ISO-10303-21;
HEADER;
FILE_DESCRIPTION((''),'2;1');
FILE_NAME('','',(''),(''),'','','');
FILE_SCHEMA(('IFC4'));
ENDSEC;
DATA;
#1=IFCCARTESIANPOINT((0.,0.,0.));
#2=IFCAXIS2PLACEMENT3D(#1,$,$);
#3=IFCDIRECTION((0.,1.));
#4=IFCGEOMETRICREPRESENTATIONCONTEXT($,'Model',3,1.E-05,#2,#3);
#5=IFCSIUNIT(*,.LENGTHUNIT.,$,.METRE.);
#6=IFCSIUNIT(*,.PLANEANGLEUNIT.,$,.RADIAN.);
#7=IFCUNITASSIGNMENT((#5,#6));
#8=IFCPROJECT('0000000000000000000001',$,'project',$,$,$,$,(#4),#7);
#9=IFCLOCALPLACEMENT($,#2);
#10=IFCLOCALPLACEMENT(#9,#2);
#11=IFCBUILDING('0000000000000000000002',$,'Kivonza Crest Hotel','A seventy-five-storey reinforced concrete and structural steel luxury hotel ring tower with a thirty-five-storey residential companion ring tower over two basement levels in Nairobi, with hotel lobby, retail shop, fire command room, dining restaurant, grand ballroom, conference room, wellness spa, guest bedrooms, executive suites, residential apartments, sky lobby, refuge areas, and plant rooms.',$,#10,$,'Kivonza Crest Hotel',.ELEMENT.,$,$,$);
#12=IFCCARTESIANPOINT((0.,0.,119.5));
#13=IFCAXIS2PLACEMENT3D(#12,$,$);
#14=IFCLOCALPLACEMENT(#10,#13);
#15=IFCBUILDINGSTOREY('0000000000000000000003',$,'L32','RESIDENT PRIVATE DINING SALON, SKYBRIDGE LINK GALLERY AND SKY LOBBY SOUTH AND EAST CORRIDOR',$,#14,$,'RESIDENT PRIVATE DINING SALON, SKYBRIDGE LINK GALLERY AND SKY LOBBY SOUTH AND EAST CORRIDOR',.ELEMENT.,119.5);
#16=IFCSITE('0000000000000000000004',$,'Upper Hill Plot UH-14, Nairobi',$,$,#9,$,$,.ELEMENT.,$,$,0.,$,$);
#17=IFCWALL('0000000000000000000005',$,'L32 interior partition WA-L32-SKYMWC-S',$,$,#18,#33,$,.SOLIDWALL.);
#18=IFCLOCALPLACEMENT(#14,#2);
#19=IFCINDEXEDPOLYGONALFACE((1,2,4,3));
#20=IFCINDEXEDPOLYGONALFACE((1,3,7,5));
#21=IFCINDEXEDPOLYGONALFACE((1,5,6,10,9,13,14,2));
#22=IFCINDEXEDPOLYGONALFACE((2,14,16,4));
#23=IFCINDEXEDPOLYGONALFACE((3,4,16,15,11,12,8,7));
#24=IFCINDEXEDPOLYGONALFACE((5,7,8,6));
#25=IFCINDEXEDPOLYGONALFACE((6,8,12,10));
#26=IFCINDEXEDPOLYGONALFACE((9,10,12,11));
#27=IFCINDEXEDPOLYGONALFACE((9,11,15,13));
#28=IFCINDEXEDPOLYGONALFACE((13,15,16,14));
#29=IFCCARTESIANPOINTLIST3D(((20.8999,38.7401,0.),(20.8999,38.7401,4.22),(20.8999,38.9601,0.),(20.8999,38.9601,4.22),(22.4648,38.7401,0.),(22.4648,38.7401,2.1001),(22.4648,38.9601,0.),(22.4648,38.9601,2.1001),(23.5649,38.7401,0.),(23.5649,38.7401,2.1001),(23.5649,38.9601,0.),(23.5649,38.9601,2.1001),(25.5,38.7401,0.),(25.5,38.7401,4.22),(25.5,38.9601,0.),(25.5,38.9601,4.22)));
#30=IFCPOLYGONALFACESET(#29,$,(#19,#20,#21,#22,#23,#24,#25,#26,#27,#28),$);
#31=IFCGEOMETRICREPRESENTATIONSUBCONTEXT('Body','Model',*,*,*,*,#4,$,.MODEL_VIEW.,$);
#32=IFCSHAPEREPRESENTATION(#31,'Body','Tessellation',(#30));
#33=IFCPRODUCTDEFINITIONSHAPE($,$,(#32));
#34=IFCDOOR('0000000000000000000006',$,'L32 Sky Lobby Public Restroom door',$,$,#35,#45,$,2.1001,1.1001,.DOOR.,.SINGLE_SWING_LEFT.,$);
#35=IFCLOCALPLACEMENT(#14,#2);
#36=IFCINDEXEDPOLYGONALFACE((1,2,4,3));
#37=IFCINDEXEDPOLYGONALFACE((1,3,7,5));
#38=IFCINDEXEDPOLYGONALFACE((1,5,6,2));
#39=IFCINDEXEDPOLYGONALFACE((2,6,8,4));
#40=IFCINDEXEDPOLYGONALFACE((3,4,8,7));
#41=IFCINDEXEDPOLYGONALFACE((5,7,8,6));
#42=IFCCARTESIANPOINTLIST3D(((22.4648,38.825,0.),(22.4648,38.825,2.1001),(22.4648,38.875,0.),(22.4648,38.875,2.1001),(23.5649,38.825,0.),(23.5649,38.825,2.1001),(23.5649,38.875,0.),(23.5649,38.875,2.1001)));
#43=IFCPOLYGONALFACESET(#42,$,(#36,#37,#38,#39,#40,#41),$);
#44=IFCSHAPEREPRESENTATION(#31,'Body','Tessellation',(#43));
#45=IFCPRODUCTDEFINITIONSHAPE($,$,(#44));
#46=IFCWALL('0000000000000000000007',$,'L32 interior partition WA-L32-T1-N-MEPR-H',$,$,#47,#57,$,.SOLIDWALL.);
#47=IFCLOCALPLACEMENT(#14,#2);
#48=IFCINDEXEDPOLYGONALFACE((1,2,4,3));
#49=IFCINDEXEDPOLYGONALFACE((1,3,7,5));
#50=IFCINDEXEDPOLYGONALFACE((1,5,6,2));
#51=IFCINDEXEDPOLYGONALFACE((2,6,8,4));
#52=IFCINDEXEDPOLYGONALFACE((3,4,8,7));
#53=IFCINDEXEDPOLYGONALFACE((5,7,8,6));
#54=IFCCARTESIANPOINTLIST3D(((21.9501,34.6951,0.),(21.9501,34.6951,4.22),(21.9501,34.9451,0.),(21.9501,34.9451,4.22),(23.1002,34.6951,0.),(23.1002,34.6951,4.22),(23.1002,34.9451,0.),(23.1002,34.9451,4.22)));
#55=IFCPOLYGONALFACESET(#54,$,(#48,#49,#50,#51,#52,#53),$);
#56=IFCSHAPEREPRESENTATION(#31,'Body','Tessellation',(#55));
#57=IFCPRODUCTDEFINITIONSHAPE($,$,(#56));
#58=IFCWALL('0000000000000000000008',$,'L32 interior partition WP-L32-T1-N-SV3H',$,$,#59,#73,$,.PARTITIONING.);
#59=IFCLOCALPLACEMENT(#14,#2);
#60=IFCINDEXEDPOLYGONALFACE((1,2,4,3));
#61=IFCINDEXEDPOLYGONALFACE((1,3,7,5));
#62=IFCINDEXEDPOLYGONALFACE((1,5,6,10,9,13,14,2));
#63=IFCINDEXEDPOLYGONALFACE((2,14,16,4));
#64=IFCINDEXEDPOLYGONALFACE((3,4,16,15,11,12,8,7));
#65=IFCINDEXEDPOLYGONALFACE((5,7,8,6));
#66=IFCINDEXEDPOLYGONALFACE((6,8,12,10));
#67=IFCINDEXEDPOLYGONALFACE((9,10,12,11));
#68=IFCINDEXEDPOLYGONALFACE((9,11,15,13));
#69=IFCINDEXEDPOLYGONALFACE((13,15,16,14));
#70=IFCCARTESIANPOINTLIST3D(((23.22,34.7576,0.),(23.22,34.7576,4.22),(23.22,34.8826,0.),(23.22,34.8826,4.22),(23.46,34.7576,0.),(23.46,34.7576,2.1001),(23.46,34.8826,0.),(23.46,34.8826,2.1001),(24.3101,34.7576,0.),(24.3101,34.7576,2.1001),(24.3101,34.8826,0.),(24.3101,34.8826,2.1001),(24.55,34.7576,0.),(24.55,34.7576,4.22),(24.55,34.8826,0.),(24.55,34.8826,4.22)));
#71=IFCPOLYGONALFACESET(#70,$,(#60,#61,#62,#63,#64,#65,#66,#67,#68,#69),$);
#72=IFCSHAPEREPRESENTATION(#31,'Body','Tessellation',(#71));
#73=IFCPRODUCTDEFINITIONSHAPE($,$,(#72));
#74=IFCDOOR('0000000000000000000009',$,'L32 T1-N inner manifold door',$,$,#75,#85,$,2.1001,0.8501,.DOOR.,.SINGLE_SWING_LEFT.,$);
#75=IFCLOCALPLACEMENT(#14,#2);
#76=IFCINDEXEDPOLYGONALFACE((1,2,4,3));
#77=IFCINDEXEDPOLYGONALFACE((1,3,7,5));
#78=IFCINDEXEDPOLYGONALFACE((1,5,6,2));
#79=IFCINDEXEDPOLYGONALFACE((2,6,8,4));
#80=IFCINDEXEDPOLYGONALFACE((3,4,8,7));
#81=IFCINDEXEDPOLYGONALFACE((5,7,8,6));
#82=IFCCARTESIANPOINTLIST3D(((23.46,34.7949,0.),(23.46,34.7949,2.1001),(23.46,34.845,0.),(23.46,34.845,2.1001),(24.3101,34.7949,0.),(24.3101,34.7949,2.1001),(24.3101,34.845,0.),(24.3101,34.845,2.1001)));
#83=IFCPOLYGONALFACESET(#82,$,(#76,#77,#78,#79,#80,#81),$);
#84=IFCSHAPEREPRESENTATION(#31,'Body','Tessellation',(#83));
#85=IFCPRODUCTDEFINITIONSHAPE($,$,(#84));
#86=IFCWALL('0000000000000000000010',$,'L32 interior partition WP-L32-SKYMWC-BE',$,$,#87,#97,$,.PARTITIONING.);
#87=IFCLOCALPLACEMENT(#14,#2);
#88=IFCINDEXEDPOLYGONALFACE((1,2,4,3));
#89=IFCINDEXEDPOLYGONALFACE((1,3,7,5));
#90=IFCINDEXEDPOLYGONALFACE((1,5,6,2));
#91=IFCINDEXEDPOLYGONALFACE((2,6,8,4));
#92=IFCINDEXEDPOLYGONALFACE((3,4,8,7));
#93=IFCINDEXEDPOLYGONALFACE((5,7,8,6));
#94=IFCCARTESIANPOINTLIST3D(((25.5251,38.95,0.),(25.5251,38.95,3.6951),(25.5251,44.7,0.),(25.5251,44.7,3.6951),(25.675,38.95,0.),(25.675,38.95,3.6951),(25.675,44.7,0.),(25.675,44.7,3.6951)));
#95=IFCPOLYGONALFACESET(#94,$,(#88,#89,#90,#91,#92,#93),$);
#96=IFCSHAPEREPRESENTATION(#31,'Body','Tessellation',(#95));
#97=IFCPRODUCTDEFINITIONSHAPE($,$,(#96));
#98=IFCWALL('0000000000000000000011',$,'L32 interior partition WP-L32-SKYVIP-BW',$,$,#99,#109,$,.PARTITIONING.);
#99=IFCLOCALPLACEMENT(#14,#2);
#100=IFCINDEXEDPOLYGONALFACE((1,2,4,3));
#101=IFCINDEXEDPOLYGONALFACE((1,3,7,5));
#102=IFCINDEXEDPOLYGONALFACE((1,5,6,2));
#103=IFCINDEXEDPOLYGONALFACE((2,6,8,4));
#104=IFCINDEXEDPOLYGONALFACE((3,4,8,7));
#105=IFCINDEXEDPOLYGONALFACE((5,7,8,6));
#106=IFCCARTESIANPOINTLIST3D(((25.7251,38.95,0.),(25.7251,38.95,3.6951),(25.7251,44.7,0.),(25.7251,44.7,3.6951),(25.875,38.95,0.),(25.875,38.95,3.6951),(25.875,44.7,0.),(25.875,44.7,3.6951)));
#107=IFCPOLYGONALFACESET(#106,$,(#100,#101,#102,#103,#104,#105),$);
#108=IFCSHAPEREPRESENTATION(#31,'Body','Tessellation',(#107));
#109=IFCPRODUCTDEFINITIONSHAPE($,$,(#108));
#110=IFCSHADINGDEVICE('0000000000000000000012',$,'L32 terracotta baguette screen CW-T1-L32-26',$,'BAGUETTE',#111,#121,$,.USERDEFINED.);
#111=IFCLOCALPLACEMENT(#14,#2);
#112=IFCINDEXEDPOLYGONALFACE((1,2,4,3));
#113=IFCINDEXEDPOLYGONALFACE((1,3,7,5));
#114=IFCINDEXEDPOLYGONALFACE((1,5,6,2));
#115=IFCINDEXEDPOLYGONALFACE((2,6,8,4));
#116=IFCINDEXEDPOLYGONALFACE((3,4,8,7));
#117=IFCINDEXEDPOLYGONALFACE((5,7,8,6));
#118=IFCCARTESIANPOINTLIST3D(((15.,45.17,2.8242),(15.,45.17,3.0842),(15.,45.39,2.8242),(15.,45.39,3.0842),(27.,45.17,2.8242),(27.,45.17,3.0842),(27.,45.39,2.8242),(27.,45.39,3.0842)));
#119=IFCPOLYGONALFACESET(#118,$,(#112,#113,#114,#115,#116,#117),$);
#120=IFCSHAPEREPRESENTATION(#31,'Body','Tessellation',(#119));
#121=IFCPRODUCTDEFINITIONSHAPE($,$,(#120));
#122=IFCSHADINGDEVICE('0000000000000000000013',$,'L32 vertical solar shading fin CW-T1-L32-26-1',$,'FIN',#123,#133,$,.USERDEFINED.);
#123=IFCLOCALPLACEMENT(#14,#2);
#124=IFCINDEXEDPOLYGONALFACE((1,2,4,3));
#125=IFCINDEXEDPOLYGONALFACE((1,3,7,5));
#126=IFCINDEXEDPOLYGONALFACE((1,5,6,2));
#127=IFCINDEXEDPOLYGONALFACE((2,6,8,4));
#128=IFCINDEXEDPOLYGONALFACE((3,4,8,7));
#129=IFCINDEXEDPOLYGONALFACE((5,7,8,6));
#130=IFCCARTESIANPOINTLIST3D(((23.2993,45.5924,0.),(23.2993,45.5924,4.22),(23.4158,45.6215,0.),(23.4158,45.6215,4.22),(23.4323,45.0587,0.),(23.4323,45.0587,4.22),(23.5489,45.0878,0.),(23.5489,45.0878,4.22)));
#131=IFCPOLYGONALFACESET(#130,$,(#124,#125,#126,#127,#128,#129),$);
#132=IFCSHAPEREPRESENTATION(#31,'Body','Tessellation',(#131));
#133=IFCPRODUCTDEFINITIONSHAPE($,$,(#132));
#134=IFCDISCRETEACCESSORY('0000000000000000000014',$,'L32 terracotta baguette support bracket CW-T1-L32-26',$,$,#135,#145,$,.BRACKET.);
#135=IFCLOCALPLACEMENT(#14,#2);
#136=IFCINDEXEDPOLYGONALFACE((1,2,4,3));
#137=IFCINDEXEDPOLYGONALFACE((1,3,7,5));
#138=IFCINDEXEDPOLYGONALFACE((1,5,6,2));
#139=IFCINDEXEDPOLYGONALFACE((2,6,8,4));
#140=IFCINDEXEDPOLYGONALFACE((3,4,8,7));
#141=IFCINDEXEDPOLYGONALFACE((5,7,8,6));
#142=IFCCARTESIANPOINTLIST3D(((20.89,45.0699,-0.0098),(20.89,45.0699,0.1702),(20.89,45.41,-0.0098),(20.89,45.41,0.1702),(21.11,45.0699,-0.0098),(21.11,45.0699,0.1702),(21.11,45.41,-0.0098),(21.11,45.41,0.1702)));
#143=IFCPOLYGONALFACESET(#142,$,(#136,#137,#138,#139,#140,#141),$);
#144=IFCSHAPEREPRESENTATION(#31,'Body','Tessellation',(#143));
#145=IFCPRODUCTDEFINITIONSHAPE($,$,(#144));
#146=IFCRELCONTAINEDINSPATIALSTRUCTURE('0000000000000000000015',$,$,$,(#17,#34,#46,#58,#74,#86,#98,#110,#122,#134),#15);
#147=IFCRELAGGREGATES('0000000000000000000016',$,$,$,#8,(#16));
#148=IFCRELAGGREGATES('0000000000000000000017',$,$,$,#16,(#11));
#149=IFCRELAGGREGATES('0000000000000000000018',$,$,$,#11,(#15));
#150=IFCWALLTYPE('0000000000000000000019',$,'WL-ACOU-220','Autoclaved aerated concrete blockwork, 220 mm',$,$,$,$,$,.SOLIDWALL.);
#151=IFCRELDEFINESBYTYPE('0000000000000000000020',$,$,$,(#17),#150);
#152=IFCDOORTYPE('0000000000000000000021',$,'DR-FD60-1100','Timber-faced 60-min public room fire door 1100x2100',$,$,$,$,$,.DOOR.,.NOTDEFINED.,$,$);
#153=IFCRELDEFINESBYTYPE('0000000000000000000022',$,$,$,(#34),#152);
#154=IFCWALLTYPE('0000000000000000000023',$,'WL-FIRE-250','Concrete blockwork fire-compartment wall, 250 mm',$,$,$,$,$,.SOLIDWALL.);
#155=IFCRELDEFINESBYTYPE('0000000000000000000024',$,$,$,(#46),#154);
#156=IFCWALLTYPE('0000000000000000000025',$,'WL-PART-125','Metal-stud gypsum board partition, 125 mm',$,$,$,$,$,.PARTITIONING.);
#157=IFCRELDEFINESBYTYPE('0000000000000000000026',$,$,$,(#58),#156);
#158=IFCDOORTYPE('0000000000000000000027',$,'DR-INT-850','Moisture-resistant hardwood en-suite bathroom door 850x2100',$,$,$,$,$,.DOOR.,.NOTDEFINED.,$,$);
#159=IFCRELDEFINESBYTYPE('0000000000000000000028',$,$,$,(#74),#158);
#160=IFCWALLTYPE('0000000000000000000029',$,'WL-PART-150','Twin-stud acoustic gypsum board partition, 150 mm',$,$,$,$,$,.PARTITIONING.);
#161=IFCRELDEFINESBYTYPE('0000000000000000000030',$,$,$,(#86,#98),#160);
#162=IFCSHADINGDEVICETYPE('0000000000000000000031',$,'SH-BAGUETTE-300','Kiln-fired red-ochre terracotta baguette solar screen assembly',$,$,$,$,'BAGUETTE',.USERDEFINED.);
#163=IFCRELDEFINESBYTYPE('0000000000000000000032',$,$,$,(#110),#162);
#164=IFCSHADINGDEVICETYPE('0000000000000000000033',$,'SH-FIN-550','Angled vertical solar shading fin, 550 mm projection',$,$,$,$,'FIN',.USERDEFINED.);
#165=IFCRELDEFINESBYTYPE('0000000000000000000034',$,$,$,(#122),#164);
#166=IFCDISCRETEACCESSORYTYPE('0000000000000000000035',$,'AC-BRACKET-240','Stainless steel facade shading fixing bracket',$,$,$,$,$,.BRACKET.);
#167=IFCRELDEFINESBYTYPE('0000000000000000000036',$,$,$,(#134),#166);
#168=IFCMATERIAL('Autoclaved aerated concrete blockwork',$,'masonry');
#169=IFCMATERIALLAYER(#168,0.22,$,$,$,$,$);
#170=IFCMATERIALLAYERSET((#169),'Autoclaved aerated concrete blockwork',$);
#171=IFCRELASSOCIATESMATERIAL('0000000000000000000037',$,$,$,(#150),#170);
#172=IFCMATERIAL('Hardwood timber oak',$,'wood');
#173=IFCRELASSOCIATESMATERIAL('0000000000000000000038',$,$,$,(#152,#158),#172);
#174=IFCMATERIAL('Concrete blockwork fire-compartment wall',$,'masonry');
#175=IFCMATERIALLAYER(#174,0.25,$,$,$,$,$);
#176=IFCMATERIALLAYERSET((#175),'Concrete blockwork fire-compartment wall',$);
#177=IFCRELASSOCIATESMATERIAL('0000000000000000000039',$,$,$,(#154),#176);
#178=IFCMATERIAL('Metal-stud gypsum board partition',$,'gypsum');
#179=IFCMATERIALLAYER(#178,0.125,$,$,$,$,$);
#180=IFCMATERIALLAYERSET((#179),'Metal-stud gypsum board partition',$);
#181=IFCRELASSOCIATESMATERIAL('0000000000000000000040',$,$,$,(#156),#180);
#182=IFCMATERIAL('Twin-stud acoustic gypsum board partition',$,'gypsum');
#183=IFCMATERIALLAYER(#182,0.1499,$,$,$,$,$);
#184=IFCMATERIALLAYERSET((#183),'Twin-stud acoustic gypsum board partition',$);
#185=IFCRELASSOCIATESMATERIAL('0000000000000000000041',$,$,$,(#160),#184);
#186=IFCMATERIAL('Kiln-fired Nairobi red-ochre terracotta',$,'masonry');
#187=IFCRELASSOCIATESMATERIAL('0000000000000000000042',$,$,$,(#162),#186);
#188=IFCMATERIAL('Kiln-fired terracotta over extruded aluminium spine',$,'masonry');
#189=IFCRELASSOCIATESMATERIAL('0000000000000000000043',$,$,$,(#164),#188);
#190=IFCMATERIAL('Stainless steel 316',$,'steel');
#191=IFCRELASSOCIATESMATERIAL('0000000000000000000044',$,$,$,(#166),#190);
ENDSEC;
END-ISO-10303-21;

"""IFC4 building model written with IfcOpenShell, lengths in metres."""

from ifc_helpers import new_model, si_unit, direction, frame, frame_2d, origin, origin_2d, place, context, subcontext, project, spatial, rectangle, extrude, material, layer, layer_set, type_object, element, fill, save


model = new_model("IFC4")

# Units and contexts
model_context = context("Model", 3, precision=1e-05, world=origin(), true_north=direction((0.0, 1.0)))
body_context = subcontext(model_context, "Body", "Model", "MODEL_VIEW")
ifc_project = project(units=[si_unit("LENGTHUNIT", "METRE"), si_unit("PLANEANGLEUNIT", "RADIAN")], contexts=[model_context])

# Site, building, storey
site_placement = place(None, origin())
site = spatial("IfcSite", under=ifc_project, at=site_placement, Name="Upper Hill Plot UH-14, Nairobi", CompositionType="ELEMENT", RefElevation=0.0)
building_placement = place(site_placement, origin())
building = spatial("IfcBuilding", under=site, at=building_placement, Name="Kivonza Crest Hotel", Description="A seventy-five-storey reinforced concrete and structural steel luxury hotel ring tower with a thirty-five-storey residential companion ring tower over two basement levels in Nairobi, with hotel lobby, retail shop, fire command room, dining restaurant, grand ballroom, conference room, wellness spa, guest bedrooms, executive suites, residential apartments, sky lobby, refuge areas, and plant rooms.", LongName="Kivonza Crest Hotel", CompositionType="ELEMENT")
storey_placement = place(building_placement, frame((0.0, 0.0, 119.5)))
storey = spatial("IfcBuildingStorey", under=building, at=storey_placement, Name="L32", Description="RESIDENT PRIVATE DINING SALON, SKYBRIDGE LINK GALLERY AND SKY LOBBY SOUTH AND EAST CORRIDOR", LongName="RESIDENT PRIVATE DINING SALON, SKYBRIDGE LINK GALLERY AND SKY LOBBY SOUTH AND EAST CORRIDOR", CompositionType="ELEMENT", Elevation=119.5)

# Wall, opening, door
ifc_material_1 = material(Name="Autoclaved aerated concrete blockwork", Category="masonry")
ifc_layer_1 = layer(ifc_material_1, 0.22)
ifc_layer_set_1 = layer_set([ifc_layer_1], Name="Autoclaved aerated concrete blockwork")
wall_type_1 = type_object("IfcWallType", Name="WL-ACOU-220", Description="Autoclaved aerated concrete blockwork, 220 mm", PredefinedType="SOLIDWALL", material=ifc_layer_set_1)
wall_1_placement = place(storey_placement, frame((20.8999, 38.8501, 0.0), z_axis=(0.0, 0.0, 1.0), x_axis=(1.0, 0.0, 0.0)))
wall_1 = element("IfcWall", 1, at=wall_1_placement, inside=storey, type_object=wall_type_1, Name="L32 interior partition WA-L32-SKYMWC-S", PredefinedType="SOLIDWALL", context=body_context, shape_type="SweptSolid", body=[
    extrude(rectangle(XDim=4.6001, YDim=0.22, at=frame_2d((2.3, 0.0))), origin(), (0.0, 0.0, 1.0), 4.22),
])
opening_1_placement = place(wall_1_placement, frame((1.5649, 0.0, 0.0)))
opening_1 = element("IfcOpeningElement", 2, at=opening_1_placement, cuts=wall_1, PredefinedType="OPENING", context=body_context, shape_type="SweptSolid", body=[
    extrude(rectangle(XDim=1.1001, YDim=2.1001, at=frame_2d((0.55, 1.05))), frame((0.0, 0.1201, 0.0), z_axis=(0.0, -1.0, 0.0), x_axis=(1.0, 0.0, 0.0)), (0.0, 0.0, 1.0), 0.24),
])
ifc_material_2 = material(Name="Hardwood timber oak", Category="wood")
door_type_1 = type_object("IfcDoorType", Name="DR-FD60-1100", Description="Timber-faced 60-min public room fire door 1100x2100", OperationType="NOTDEFINED", PredefinedType="DOOR", material=ifc_material_2)
door_1_placement = place(opening_1_placement, origin())
door_1 = element("IfcDoor", 3, at=door_1_placement, inside=storey, type_object=door_type_1, Name="L32 Sky Lobby Public Restroom door", OperationType="SINGLE_SWING_LEFT", OverallHeight=2.1001, OverallWidth=1.1001, PredefinedType="DOOR", context=body_context, shape_type="SweptSolid", body=[
    extrude(rectangle(XDim=1.1001, YDim=2.1001, at=frame_2d((0.55, 1.05))), frame((0.0, 0.0249, 0.0), z_axis=(0.0, -1.0, 0.0), x_axis=(1.0, 0.0, 0.0)), (0.0, 0.0, 1.0), 0.05),
])
fill(opening_1, door_1)

# Wall
ifc_material_3 = material(Name="Concrete blockwork fire-compartment wall", Category="masonry")
ifc_layer_2 = layer(ifc_material_3, 0.25)
ifc_layer_set_2 = layer_set([ifc_layer_2], Name="Concrete blockwork fire-compartment wall")
wall_type_2 = type_object("IfcWallType", Name="WL-FIRE-250", Description="Concrete blockwork fire-compartment wall, 250 mm", PredefinedType="SOLIDWALL", material=ifc_layer_set_2)
wall_2_placement = place(storey_placement, frame((21.95, 34.8201, 0.0), z_axis=(0.0, 0.0, 1.0), x_axis=(1.0, 0.0, 0.0)))
element("IfcWall", 4, at=wall_2_placement, inside=storey, type_object=wall_type_2, Name="L32 interior partition WA-L32-T1-N-MEPR-H", PredefinedType="SOLIDWALL", context=body_context, shape_type="SweptSolid", body=[
    extrude(rectangle(XDim=1.1501, YDim=0.25, at=frame_2d((0.5752, 0.0))), origin(), (0.0, 0.0, 1.0), 4.22),
])

# Wall, opening, door
ifc_material_4 = material(Name="Metal-stud gypsum board partition", Category="gypsum")
ifc_layer_3 = layer(ifc_material_4, 0.125)
ifc_layer_set_3 = layer_set([ifc_layer_3], Name="Metal-stud gypsum board partition")
wall_type_3 = type_object("IfcWallType", Name="WL-PART-125", Description="Metal-stud gypsum board partition, 125 mm", PredefinedType="PARTITIONING", material=ifc_layer_set_3)
wall_3_placement = place(storey_placement, frame((23.22, 34.8201, 0.0), z_axis=(0.0, 0.0, 1.0), x_axis=(1.0, 0.0, 0.0)))
wall_3 = element("IfcWall", 5, at=wall_3_placement, inside=storey, type_object=wall_type_3, Name="L32 interior partition WP-L32-T1-N-SV3H", PredefinedType="PARTITIONING", context=body_context, shape_type="SweptSolid", body=[
    extrude(rectangle(XDim=1.3301, YDim=0.125, at=frame_2d((0.665, 0.0))), origin(), (0.0, 0.0, 1.0), 4.22),
])
opening_2_placement = place(wall_3_placement, frame((0.24, 0.0, 0.0)))
opening_2 = element("IfcOpeningElement", 6, at=opening_2_placement, cuts=wall_3, PredefinedType="OPENING", context=body_context, shape_type="SweptSolid", body=[
    extrude(rectangle(XDim=0.8501, YDim=2.1001, at=frame_2d((0.425, 1.05))), frame((0.0, 0.0725, 0.0), z_axis=(0.0, -1.0, 0.0), x_axis=(1.0, 0.0, 0.0)), (0.0, 0.0, 1.0), 0.145),
])
door_type_2 = type_object("IfcDoorType", Name="DR-INT-850", Description="Moisture-resistant hardwood en-suite bathroom door 850x2100", OperationType="NOTDEFINED", PredefinedType="DOOR", material=ifc_material_2)
door_2_placement = place(opening_2_placement, origin())
door_2 = element("IfcDoor", 7, at=door_2_placement, inside=storey, type_object=door_type_2, Name="L32 T1-N inner manifold door", OperationType="SINGLE_SWING_LEFT", OverallHeight=2.1001, OverallWidth=0.8501, PredefinedType="DOOR", context=body_context, shape_type="SweptSolid", body=[
    extrude(rectangle(XDim=0.8501, YDim=2.1001, at=frame_2d((0.425, 1.05))), frame((0.0, 0.0249, 0.0), z_axis=(0.0, -1.0, 0.0), x_axis=(1.0, 0.0, 0.0)), (0.0, 0.0, 1.0), 0.05),
])
fill(opening_2, door_2)

# Walls
ifc_material_5 = material(Name="Twin-stud acoustic gypsum board partition", Category="gypsum")
ifc_layer_4 = layer(ifc_material_5, 0.1499)
ifc_layer_set_4 = layer_set([ifc_layer_4], Name="Twin-stud acoustic gypsum board partition")
wall_type_4 = type_object("IfcWallType", Name="WL-PART-150", Description="Twin-stud acoustic gypsum board partition, 150 mm", PredefinedType="PARTITIONING", material=ifc_layer_set_4)
for number, where, z_axis, x_axis, name in (
    (8, (25.6001, 38.95, 0.0), (0.0, 0.0, 1.0), (0.0, 1.0, 0.0), "L32 interior partition WP-L32-SKYMWC-BE"),
    (9, (25.8, 38.95, 0.0), (0.0, 0.0, 1.0), (0.0, 1.0, 0.0), "L32 interior partition WP-L32-SKYVIP-BW"),
):
    element("IfcWall", number, at=place(storey_placement, frame(where, z_axis=z_axis, x_axis=x_axis)), inside=storey, type_object=wall_type_4, Name=name, PredefinedType="PARTITIONING", context=body_context, shape_type="SweptSolid", body=[
        extrude(rectangle(XDim=5.75, YDim=0.1499, at=frame_2d((2.875, 0.0))), origin(), (0.0, 0.0, 1.0), 3.6951),
    ])

# Shading devices
ifc_material_6 = material(Name="Kiln-fired Nairobi red-ochre terracotta", Category="masonry")
shading_device_type_1 = type_object("IfcShadingDeviceType", Name="SH-BAGUETTE-300", Description="Kiln-fired red-ochre terracotta baguette solar screen assembly", ElementType="BAGUETTE", PredefinedType="USERDEFINED", material=ifc_material_6)
shading_device_1_placement = place(storey_placement, frame((21.0, 45.28, 2.8242), z_axis=(0.0, 0.0, 1.0), x_axis=(-1.0, 0.0, 0.0)))
element("IfcShadingDevice", 10, at=shading_device_1_placement, inside=storey, type_object=shading_device_type_1, Name="L32 terracotta baguette screen CW-T1-L32-26", ObjectType="BAGUETTE", PredefinedType="USERDEFINED", context=body_context, shape_type="SweptSolid", body=[
    extrude(rectangle(XDim=12.0, YDim=0.22, at=origin_2d()), origin(), (0.0, 0.0, 1.0), 0.26),
])
ifc_material_7 = material(Name="Kiln-fired terracotta over extruded aluminium spine", Category="masonry")
shading_device_type_2 = type_object("IfcShadingDeviceType", Name="SH-FIN-550", Description="Angled vertical solar shading fin, 550 mm projection", ElementType="FIN", PredefinedType="USERDEFINED", material=ifc_material_7)
shading_device_2_placement = place(storey_placement, frame((23.4241, 45.3401, 0.0), z_axis=(0.0, 0.0, 1.0), x_axis=(-0.970296, -0.241922, 0.0)))
element("IfcShadingDevice", 11, at=shading_device_2_placement, inside=storey, type_object=shading_device_type_2, Name="L32 vertical solar shading fin CW-T1-L32-26-1", ObjectType="FIN", PredefinedType="USERDEFINED", context=body_context, shape_type="SweptSolid", body=[
    extrude(rectangle(XDim=0.1201, YDim=0.55, at=origin_2d()), origin(), (0.0, 0.0, 1.0), 4.22),
])

# Discrete accessory
ifc_material_8 = material(Name="Stainless steel 316", Category="steel")
discrete_accessory_type = type_object("IfcDiscreteAccessoryType", Name="AC-BRACKET-240", Description="Stainless steel facade shading fixing bracket", PredefinedType="BRACKET", material=ifc_material_8)
discrete_accessory_placement = place(storey_placement, frame((21.0, 45.24, -0.0098), z_axis=(0.0, 0.0, 1.0), x_axis=(-1.0, 0.0, 0.0)))
element("IfcDiscreteAccessory", 12, at=discrete_accessory_placement, inside=storey, type_object=discrete_accessory_type, Name="L32 terracotta baguette support bracket CW-T1-L32-26", PredefinedType="BRACKET", context=body_context, shape_type="SweptSolid", body=[
    extrude(rectangle(XDim=0.22, YDim=0.3401, at=origin_2d()), origin(), (0.0, 0.0, 1.0), 0.1799),
])

save(model, "model.ifc")
